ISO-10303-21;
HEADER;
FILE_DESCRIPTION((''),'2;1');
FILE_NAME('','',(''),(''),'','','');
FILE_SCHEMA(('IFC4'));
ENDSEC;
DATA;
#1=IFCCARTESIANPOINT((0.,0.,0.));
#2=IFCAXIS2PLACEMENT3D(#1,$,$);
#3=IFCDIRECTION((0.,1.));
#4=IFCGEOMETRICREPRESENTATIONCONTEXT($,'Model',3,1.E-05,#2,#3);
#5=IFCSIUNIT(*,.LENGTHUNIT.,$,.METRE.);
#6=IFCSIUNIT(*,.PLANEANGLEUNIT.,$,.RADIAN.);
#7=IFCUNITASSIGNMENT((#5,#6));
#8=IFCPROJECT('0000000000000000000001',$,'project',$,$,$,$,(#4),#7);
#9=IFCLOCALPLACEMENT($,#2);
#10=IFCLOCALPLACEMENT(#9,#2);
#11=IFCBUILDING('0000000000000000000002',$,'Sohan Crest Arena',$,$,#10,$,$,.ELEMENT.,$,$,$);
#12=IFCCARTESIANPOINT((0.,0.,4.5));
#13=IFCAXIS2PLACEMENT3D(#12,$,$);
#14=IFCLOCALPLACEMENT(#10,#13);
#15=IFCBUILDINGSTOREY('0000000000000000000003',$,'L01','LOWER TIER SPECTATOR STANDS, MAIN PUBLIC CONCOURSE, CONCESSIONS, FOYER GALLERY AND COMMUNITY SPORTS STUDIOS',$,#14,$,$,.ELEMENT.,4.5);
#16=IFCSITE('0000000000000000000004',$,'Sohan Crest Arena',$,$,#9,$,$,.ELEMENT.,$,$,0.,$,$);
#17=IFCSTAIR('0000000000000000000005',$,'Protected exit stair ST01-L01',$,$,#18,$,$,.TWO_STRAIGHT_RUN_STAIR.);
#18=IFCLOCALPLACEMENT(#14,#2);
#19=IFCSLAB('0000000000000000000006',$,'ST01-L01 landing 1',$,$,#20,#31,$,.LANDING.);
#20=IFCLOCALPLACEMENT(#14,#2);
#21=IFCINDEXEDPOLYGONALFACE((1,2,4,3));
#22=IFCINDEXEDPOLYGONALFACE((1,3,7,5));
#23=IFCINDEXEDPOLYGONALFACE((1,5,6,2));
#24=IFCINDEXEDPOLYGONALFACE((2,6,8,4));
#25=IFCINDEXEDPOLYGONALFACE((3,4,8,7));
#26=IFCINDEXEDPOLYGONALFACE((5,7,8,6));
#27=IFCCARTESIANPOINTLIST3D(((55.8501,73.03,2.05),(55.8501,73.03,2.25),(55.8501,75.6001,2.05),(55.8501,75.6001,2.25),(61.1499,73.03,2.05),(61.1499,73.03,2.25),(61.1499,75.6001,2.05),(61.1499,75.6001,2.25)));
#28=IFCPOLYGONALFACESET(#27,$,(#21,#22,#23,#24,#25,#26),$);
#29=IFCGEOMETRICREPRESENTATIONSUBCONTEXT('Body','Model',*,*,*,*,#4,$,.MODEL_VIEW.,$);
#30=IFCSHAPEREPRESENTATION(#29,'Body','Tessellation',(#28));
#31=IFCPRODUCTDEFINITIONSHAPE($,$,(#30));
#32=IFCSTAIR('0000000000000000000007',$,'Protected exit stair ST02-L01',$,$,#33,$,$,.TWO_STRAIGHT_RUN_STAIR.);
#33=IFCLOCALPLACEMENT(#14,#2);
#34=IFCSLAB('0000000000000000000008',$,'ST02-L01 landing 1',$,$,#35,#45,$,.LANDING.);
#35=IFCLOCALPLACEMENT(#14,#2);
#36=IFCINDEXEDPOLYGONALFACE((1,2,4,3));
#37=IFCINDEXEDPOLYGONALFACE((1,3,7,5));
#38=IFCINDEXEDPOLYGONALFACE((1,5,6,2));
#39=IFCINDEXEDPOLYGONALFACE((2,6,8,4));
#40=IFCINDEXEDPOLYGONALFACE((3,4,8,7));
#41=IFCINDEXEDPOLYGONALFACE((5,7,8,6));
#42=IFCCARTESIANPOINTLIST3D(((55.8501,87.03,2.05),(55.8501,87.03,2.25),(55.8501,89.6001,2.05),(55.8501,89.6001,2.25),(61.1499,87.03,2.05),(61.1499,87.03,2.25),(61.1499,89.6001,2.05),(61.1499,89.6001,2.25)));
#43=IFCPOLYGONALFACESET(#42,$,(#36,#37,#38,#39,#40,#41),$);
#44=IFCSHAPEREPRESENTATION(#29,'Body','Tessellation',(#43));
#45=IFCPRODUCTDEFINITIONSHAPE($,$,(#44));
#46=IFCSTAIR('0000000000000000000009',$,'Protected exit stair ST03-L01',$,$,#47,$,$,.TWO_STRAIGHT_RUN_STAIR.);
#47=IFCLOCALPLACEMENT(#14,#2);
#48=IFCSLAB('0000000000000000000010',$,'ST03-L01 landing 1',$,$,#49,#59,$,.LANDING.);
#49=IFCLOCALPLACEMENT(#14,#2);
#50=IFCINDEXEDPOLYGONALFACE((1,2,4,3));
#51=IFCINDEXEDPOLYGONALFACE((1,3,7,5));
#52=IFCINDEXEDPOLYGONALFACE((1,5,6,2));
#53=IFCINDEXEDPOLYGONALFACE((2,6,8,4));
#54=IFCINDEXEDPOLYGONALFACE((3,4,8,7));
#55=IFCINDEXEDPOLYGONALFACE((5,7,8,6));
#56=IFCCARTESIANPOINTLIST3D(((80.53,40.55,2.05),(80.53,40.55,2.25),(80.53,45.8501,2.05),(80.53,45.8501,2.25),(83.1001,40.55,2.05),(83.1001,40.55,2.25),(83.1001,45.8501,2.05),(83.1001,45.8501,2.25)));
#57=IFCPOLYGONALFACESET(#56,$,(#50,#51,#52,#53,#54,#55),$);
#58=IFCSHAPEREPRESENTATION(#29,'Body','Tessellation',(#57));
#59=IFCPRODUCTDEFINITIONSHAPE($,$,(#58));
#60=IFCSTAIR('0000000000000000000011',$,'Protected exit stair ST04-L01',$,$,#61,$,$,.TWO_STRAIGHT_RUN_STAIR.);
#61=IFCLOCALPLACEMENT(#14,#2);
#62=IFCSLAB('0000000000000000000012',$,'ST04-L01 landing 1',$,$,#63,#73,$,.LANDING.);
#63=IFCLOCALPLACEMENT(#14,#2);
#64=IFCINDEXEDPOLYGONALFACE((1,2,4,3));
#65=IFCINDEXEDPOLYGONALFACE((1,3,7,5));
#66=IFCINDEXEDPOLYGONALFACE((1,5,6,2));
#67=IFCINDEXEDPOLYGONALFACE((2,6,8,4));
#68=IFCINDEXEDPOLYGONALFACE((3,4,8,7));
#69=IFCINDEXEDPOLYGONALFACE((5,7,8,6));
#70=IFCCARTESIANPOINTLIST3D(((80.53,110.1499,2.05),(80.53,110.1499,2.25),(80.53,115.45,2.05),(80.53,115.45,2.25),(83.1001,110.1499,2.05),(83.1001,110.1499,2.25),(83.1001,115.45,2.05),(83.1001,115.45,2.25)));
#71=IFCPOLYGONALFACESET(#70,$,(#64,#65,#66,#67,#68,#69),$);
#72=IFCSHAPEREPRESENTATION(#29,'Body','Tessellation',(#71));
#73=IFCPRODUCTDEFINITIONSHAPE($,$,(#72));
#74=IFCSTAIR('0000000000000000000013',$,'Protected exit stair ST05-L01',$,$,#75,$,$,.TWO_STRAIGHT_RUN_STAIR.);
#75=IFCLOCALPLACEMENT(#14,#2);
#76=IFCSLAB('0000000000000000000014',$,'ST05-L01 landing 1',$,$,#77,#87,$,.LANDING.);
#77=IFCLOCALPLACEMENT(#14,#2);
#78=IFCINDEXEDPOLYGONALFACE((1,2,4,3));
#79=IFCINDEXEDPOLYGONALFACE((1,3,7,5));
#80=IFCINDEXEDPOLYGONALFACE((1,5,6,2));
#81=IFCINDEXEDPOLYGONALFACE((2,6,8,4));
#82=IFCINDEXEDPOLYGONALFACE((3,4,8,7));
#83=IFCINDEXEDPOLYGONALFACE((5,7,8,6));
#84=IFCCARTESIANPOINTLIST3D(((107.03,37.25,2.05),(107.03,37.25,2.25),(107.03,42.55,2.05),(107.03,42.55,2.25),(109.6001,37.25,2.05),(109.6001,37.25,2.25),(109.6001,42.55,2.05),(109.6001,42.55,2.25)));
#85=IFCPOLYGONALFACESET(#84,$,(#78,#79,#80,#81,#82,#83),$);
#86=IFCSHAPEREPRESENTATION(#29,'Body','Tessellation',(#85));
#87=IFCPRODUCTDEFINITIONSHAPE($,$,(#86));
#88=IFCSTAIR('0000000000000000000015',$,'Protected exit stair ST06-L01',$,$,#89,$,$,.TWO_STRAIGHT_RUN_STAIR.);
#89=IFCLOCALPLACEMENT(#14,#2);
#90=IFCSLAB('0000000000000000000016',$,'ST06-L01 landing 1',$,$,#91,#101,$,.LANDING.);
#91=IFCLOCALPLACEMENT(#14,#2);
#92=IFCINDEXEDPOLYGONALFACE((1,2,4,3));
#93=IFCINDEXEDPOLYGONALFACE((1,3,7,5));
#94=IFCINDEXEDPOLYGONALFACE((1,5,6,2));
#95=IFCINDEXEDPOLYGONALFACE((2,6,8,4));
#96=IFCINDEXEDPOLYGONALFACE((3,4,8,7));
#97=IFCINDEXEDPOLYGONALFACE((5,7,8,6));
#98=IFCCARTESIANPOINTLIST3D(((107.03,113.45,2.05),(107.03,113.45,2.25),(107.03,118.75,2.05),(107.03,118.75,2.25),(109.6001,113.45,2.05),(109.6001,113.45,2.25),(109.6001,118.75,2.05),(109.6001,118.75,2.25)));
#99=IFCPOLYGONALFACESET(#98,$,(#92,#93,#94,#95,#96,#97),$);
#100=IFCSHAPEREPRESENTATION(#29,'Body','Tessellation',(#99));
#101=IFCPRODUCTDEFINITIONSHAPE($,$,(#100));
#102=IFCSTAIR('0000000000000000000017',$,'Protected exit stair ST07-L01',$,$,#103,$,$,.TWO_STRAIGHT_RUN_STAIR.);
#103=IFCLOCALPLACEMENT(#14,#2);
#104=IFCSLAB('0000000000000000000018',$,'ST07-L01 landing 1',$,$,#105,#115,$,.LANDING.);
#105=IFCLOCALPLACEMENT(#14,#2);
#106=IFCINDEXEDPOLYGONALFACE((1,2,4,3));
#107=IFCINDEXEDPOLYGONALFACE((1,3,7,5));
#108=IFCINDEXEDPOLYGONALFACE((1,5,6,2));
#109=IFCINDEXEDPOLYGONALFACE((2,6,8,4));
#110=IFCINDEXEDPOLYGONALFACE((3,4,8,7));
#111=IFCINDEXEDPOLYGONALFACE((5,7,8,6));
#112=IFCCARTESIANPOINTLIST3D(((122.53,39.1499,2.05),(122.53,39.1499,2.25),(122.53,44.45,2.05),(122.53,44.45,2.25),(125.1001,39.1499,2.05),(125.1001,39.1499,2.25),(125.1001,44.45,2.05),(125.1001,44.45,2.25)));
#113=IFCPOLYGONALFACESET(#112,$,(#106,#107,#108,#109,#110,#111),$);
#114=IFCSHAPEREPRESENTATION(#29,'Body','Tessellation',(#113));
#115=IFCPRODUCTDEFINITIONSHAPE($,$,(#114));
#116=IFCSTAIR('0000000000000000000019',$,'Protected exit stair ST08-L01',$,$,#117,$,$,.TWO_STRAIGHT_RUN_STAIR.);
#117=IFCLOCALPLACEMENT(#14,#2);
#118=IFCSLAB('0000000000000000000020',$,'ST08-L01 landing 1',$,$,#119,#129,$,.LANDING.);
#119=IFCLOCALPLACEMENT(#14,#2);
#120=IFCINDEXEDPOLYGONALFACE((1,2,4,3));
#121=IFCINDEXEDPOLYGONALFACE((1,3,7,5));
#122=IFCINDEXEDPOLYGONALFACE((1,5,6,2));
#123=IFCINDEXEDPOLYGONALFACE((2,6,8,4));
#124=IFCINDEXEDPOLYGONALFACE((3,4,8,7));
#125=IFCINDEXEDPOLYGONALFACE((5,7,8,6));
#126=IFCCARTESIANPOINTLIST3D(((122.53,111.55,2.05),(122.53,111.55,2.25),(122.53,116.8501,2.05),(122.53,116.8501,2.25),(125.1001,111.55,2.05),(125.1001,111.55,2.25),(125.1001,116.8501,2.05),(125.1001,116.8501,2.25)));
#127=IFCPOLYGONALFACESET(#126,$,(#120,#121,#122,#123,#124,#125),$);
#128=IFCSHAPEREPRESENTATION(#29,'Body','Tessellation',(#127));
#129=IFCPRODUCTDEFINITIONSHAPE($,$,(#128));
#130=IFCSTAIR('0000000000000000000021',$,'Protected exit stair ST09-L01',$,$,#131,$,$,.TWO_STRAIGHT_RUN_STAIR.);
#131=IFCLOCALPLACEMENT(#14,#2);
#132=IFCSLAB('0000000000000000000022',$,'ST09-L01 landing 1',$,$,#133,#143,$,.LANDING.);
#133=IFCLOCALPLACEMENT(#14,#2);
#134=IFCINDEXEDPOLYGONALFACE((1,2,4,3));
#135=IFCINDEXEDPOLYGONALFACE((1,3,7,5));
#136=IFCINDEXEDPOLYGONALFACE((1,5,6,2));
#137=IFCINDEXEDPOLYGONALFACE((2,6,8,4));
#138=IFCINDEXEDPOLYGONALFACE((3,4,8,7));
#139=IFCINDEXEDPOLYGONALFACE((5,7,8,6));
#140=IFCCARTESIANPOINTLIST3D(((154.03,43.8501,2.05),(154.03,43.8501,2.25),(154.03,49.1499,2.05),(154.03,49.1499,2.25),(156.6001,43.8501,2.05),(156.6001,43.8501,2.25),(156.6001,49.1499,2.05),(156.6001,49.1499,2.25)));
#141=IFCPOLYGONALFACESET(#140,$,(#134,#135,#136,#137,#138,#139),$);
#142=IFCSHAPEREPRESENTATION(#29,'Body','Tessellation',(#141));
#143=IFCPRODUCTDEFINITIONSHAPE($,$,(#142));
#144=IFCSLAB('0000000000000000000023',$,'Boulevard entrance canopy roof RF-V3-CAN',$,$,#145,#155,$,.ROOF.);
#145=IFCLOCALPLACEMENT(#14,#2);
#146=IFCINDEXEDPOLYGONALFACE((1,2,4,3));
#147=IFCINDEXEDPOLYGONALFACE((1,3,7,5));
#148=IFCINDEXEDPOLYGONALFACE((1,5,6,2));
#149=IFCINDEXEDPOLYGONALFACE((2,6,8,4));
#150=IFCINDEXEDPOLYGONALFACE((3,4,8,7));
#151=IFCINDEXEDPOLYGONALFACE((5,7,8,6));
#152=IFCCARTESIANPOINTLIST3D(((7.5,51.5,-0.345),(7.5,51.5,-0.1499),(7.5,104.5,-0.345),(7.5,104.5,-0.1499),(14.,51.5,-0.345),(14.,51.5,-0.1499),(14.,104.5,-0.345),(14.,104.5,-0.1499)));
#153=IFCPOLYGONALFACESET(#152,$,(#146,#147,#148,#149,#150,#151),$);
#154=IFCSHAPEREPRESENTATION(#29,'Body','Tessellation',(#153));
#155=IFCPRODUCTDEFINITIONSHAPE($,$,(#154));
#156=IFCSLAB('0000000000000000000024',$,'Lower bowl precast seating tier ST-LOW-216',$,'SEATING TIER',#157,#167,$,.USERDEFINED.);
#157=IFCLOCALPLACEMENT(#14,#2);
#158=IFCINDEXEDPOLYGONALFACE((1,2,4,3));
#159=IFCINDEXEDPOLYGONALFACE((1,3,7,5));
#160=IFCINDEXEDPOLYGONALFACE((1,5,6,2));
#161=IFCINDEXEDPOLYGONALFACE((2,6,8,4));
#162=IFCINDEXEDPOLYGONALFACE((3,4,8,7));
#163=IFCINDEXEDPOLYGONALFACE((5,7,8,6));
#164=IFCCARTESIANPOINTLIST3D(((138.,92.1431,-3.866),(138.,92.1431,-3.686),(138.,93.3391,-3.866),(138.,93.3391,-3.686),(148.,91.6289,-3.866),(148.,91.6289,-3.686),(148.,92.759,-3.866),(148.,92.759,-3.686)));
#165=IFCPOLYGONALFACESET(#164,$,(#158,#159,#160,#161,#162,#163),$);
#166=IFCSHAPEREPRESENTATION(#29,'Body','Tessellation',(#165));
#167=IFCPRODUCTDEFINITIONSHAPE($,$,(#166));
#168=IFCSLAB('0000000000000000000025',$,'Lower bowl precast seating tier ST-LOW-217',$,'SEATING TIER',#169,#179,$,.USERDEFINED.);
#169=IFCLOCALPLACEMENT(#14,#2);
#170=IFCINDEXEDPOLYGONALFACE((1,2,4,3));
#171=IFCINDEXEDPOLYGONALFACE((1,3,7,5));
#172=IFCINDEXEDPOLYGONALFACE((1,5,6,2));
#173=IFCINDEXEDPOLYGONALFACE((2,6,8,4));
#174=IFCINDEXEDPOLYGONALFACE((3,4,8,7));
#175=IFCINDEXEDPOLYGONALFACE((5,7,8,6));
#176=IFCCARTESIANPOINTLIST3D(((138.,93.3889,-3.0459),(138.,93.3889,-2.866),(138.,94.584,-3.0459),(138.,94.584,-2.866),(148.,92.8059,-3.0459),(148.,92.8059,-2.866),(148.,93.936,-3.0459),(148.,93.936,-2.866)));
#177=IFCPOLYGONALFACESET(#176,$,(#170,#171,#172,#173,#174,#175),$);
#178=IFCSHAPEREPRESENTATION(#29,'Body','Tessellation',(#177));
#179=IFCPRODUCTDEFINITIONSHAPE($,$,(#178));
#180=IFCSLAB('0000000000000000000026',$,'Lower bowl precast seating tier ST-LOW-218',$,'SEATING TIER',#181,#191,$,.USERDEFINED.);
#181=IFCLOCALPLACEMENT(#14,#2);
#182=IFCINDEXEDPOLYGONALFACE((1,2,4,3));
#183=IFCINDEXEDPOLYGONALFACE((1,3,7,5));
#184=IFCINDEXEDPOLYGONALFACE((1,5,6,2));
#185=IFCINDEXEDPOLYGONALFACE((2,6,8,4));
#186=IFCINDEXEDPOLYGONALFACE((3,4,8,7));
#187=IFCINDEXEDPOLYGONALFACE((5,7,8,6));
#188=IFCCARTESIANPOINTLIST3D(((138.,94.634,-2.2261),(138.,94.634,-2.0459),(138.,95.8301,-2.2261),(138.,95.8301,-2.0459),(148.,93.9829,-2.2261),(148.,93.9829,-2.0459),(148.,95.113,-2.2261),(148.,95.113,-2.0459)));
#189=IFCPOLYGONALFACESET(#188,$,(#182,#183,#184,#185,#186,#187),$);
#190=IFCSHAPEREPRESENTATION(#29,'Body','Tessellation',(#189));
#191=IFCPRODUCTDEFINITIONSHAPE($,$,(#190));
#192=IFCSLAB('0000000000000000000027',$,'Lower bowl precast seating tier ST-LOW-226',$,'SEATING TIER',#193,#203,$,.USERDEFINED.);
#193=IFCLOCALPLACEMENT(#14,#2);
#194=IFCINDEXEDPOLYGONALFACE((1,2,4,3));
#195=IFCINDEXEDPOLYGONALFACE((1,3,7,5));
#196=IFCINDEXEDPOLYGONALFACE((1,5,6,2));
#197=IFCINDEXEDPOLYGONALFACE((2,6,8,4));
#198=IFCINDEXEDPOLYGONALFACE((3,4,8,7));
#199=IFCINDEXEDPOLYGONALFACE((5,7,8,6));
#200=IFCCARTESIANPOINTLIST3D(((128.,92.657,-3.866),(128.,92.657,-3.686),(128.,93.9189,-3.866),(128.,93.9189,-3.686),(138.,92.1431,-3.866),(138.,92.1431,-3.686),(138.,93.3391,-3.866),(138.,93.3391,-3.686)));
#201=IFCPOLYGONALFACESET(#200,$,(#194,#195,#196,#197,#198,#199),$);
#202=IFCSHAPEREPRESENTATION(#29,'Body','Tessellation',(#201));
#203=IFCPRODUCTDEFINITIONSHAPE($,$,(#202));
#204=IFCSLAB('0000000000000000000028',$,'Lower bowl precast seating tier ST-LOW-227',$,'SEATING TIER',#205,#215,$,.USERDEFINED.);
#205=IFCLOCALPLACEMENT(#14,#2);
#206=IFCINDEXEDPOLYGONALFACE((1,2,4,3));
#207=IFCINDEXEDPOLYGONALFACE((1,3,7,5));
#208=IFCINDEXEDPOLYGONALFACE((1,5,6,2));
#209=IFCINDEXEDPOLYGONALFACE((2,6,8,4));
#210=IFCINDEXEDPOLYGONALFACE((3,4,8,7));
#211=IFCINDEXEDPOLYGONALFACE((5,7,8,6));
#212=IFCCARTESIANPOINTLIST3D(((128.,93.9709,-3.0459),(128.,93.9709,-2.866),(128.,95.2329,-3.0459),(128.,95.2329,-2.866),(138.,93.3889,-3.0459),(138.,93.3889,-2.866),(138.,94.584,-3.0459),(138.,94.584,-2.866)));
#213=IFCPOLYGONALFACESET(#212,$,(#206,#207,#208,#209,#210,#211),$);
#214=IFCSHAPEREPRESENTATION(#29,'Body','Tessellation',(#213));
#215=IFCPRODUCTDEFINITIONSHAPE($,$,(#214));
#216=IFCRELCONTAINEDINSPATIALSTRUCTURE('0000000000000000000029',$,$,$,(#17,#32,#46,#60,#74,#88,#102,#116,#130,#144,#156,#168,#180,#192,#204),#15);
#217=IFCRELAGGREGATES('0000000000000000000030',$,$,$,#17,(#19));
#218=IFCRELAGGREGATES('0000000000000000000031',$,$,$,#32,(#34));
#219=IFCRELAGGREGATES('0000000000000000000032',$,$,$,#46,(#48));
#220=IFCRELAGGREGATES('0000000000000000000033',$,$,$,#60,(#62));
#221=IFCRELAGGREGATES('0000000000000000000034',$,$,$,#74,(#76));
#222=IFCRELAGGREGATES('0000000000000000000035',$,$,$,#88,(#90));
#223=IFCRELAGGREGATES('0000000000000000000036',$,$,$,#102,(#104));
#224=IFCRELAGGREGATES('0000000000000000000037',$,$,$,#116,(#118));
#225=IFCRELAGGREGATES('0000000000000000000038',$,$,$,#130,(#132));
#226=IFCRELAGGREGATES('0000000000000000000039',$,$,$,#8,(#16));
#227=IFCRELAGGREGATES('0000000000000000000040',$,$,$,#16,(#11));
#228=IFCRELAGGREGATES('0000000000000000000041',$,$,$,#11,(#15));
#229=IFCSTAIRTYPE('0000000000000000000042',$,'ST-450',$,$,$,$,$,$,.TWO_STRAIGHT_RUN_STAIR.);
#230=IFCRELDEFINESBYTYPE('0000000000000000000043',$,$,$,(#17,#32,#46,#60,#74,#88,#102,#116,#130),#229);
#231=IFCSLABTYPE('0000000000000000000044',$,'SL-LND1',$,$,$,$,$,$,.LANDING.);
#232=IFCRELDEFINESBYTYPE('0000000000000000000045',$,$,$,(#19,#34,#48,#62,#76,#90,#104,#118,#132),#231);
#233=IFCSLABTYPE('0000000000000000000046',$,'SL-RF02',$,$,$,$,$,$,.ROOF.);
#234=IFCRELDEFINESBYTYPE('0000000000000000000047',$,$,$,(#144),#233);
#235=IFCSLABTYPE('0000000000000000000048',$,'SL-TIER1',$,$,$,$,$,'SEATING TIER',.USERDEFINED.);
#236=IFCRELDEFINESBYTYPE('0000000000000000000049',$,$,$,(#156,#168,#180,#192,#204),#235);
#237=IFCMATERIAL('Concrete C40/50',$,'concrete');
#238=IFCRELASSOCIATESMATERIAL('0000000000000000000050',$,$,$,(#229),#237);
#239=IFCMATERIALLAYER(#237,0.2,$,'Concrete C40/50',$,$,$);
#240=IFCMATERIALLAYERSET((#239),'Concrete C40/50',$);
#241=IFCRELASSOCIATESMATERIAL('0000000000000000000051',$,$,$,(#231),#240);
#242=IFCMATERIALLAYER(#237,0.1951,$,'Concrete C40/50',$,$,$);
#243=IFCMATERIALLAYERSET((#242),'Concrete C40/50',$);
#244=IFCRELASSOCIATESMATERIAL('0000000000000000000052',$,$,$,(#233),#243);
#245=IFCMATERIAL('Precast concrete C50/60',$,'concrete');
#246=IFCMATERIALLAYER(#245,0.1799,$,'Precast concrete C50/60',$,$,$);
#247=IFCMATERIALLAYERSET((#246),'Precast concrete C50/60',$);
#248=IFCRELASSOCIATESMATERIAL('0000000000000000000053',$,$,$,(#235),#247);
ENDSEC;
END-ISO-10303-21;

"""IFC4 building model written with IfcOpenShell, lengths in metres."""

from ifc_helpers import new_model, si_unit, direction, frame, origin, place, context, subcontext, project, spatial, polyline, outline, extrude, material, layer, layer_set, type_object, element, aggregate, save


model = new_model("IFC4")

# Units and contexts
model_context = context("Model", 3, precision=1e-05, world=origin(), true_north=direction((0.0, 1.0)))
body_context = subcontext(model_context, "Body", "Model", "MODEL_VIEW")
ifc_project = project(units=[si_unit("LENGTHUNIT", "METRE"), si_unit("PLANEANGLEUNIT", "RADIAN")], contexts=[model_context])

# Site, building, storey
site_placement = place(None, origin())
site = spatial("IfcSite", under=ifc_project, at=site_placement, Name="Sohan Crest Arena", CompositionType="ELEMENT", RefElevation=0.0)
building_placement = place(site_placement, origin())
building = spatial("IfcBuilding", under=site, at=building_placement, Name="Sohan Crest Arena", CompositionType="ELEMENT")
storey_placement = place(building_placement, frame((0.0, 0.0, 4.5)))
storey = spatial("IfcBuildingStorey", under=building, at=storey_placement, Name="L01", Description="LOWER TIER SPECTATOR STANDS, MAIN PUBLIC CONCOURSE, CONCESSIONS, FOYER GALLERY AND COMMUNITY SPORTS STUDIOS", CompositionType="ELEMENT", Elevation=4.5)

# Stairs, slabs
ifc_material_1 = material(Name="Concrete C40/50", Category="concrete")
stair_type = type_object("IfcStairType", Name="ST-450", PredefinedType="TWO_STRAIGHT_RUN_STAIR", material=ifc_material_1)
stair_1_placement = place(storey_placement, origin())
stair_1 = element("IfcStair", 1, at=stair_1_placement, inside=storey, type_object=stair_type, Name="Protected exit stair ST01-L01", PredefinedType="TWO_STRAIGHT_RUN_STAIR")
ifc_layer_1 = layer(ifc_material_1, 0.2, Name="Concrete C40/50")
ifc_layer_set_1 = layer_set([ifc_layer_1], Name="Concrete C40/50")
slab_type_1 = type_object("IfcSlabType", Name="SL-LND1", PredefinedType="LANDING", material=ifc_layer_set_1)
slab_1_placement = place(storey_placement, frame((0.0, 0.0, 2.05)))
slab_1 = element("IfcSlab", 2, at=slab_1_placement, type_object=slab_type_1, Name="ST01-L01 landing 1", PredefinedType="LANDING", context=body_context, shape_type="SweptSolid", body=[
    extrude(outline(polyline([(55.8501, 73.03), (61.1499, 73.03), (61.1499, 75.6001), (55.8501, 75.6001), (55.8501, 73.03)])), origin(), (0.0, 0.0, 1.0), 0.2),
])
aggregate(stair_1, [slab_1])
stair_2_placement = place(storey_placement, origin())
stair_2 = element("IfcStair", 3, at=stair_2_placement, inside=storey, type_object=stair_type, Name="Protected exit stair ST02-L01", PredefinedType="TWO_STRAIGHT_RUN_STAIR")
slab_2_placement = place(storey_placement, frame((0.0, 0.0, 2.05)))
slab_2 = element("IfcSlab", 4, at=slab_2_placement, type_object=slab_type_1, Name="ST02-L01 landing 1", PredefinedType="LANDING", context=body_context, shape_type="SweptSolid", body=[
    extrude(outline(polyline([(55.8501, 87.03), (61.1499, 87.03), (61.1499, 89.6001), (55.8501, 89.6001), (55.8501, 87.03)])), origin(), (0.0, 0.0, 1.0), 0.2),
])
aggregate(stair_2, [slab_2])
stair_3_placement = place(storey_placement, origin())
stair_3 = element("IfcStair", 5, at=stair_3_placement, inside=storey, type_object=stair_type, Name="Protected exit stair ST03-L01", PredefinedType="TWO_STRAIGHT_RUN_STAIR")
slab_3_placement = place(storey_placement, frame((0.0, 0.0, 2.05)))
slab_3 = element("IfcSlab", 6, at=slab_3_placement, type_object=slab_type_1, Name="ST03-L01 landing 1", PredefinedType="LANDING", context=body_context, shape_type="SweptSolid", body=[
    extrude(outline(polyline([(80.53, 40.55), (83.1001, 40.55), (83.1001, 45.8501), (80.53, 45.8501), (80.53, 40.55)])), origin(), (0.0, 0.0, 1.0), 0.2),
])
aggregate(stair_3, [slab_3])
stair_4_placement = place(storey_placement, origin())
stair_4 = element("IfcStair", 7, at=stair_4_placement, inside=storey, type_object=stair_type, Name="Protected exit stair ST04-L01", PredefinedType="TWO_STRAIGHT_RUN_STAIR")
slab_4_placement = place(storey_placement, frame((0.0, 0.0, 2.05)))
slab_4 = element("IfcSlab", 8, at=slab_4_placement, type_object=slab_type_1, Name="ST04-L01 landing 1", PredefinedType="LANDING", context=body_context, shape_type="SweptSolid", body=[
    extrude(outline(polyline([(80.53, 110.1499), (83.1001, 110.1499), (83.1001, 115.45), (80.53, 115.45), (80.53, 110.1499)])), origin(), (0.0, 0.0, 1.0), 0.2),
])
aggregate(stair_4, [slab_4])
stair_5_placement = place(storey_placement, origin())
stair_5 = element("IfcStair", 9, at=stair_5_placement, inside=storey, type_object=stair_type, Name="Protected exit stair ST05-L01", PredefinedType="TWO_STRAIGHT_RUN_STAIR")
slab_5_placement = place(storey_placement, frame((0.0, 0.0, 2.05)))
slab_5 = element("IfcSlab", 10, at=slab_5_placement, type_object=slab_type_1, Name="ST05-L01 landing 1", PredefinedType="LANDING", context=body_context, shape_type="SweptSolid", body=[
    extrude(outline(polyline([(107.03, 37.25), (109.6001, 37.25), (109.6001, 42.55), (107.03, 42.55), (107.03, 37.25)])), origin(), (0.0, 0.0, 1.0), 0.2),
])
aggregate(stair_5, [slab_5])
stair_6_placement = place(storey_placement, origin())
stair_6 = element("IfcStair", 11, at=stair_6_placement, inside=storey, type_object=stair_type, Name="Protected exit stair ST06-L01", PredefinedType="TWO_STRAIGHT_RUN_STAIR")
slab_6_placement = place(storey_placement, frame((0.0, 0.0, 2.05)))
slab_6 = element("IfcSlab", 12, at=slab_6_placement, type_object=slab_type_1, Name="ST06-L01 landing 1", PredefinedType="LANDING", context=body_context, shape_type="SweptSolid", body=[
    extrude(outline(polyline([(107.03, 113.45), (109.6001, 113.45), (109.6001, 118.75), (107.03, 118.75), (107.03, 113.45)])), origin(), (0.0, 0.0, 1.0), 0.2),
])
aggregate(stair_6, [slab_6])
stair_7_placement = place(storey_placement, origin())
stair_7 = element("IfcStair", 13, at=stair_7_placement, inside=storey, type_object=stair_type, Name="Protected exit stair ST07-L01", PredefinedType="TWO_STRAIGHT_RUN_STAIR")
slab_7_placement = place(storey_placement, frame((0.0, 0.0, 2.05)))
slab_7 = element("IfcSlab", 14, at=slab_7_placement, type_object=slab_type_1, Name="ST07-L01 landing 1", PredefinedType="LANDING", context=body_context, shape_type="SweptSolid", body=[
    extrude(outline(polyline([(122.53, 39.1499), (125.1001, 39.1499), (125.1001, 44.45), (122.53, 44.45), (122.53, 39.1499)])), origin(), (0.0, 0.0, 1.0), 0.2),
])
aggregate(stair_7, [slab_7])
stair_8_placement = place(storey_placement, origin())
stair_8 = element("IfcStair", 15, at=stair_8_placement, inside=storey, type_object=stair_type, Name="Protected exit stair ST08-L01", PredefinedType="TWO_STRAIGHT_RUN_STAIR")
slab_8_placement = place(storey_placement, frame((0.0, 0.0, 2.05)))
slab_8 = element("IfcSlab", 16, at=slab_8_placement, type_object=slab_type_1, Name="ST08-L01 landing 1", PredefinedType="LANDING", context=body_context, shape_type="SweptSolid", body=[
    extrude(outline(polyline([(122.53, 111.55), (125.1001, 111.55), (125.1001, 116.8501), (122.53, 116.8501), (122.53, 111.55)])), origin(), (0.0, 0.0, 1.0), 0.2),
])
aggregate(stair_8, [slab_8])
stair_9_placement = place(storey_placement, origin())
stair_9 = element("IfcStair", 17, at=stair_9_placement, inside=storey, type_object=stair_type, Name="Protected exit stair ST09-L01", PredefinedType="TWO_STRAIGHT_RUN_STAIR")
slab_9_placement = place(storey_placement, frame((0.0, 0.0, 2.05)))
slab_9 = element("IfcSlab", 18, at=slab_9_placement, type_object=slab_type_1, Name="ST09-L01 landing 1", PredefinedType="LANDING", context=body_context, shape_type="SweptSolid", body=[
    extrude(outline(polyline([(154.03, 43.8501), (156.6001, 43.8501), (156.6001, 49.1499), (154.03, 49.1499), (154.03, 43.8501)])), origin(), (0.0, 0.0, 1.0), 0.2),
])
aggregate(stair_9, [slab_9])

# Slabs
ifc_layer_2 = layer(ifc_material_1, 0.1951, Name="Concrete C40/50")
ifc_layer_set_2 = layer_set([ifc_layer_2], Name="Concrete C40/50")
slab_type_2 = type_object("IfcSlabType", Name="SL-RF02", PredefinedType="ROOF", material=ifc_layer_set_2)
slab_10_placement = place(storey_placement, frame((0.0, 0.0, -0.345)))
element("IfcSlab", 19, at=slab_10_placement, inside=storey, type_object=slab_type_2, Name="Boulevard entrance canopy roof RF-V3-CAN", PredefinedType="ROOF", context=body_context, shape_type="SweptSolid", body=[
    extrude(outline(polyline([(7.5, 51.5), (14.0, 51.5), (14.0, 104.5), (7.5, 104.5), (7.5, 51.5)])), origin(), (0.0, 0.0, 1.0), 0.1951),
])
ifc_material_2 = material(Name="Precast concrete C50/60", Category="concrete")
ifc_layer_3 = layer(ifc_material_2, 0.1799, Name="Precast concrete C50/60")
ifc_layer_set_3 = layer_set([ifc_layer_3], Name="Precast concrete C50/60")
slab_type_3 = type_object("IfcSlabType", Name="SL-TIER1", ElementType="SEATING TIER", PredefinedType="USERDEFINED", material=ifc_layer_set_3)
slab_11_placement = place(storey_placement, frame((0.0, 0.0, -3.866)))
element("IfcSlab", 20, at=slab_11_placement, inside=storey, type_object=slab_type_3, Name="Lower bowl precast seating tier ST-LOW-216", ObjectType="SEATING TIER", PredefinedType="USERDEFINED", context=body_context, shape_type="SweptSolid", body=[
    extrude(outline(polyline([(148.0, 91.6289), (138.0, 92.1431), (138.0, 93.3391), (148.0, 92.759), (148.0, 91.6289)])), origin(), (0.0, 0.0, 1.0), 0.1799),
])
slab_12_placement = place(storey_placement, frame((0.0, 0.0, -3.0459)))
element("IfcSlab", 21, at=slab_12_placement, inside=storey, type_object=slab_type_3, Name="Lower bowl precast seating tier ST-LOW-217", ObjectType="SEATING TIER", PredefinedType="USERDEFINED", context=body_context, shape_type="SweptSolid", body=[
    extrude(outline(polyline([(148.0, 92.8059), (138.0, 93.3889), (138.0, 94.584), (148.0, 93.936), (148.0, 92.8059)])), origin(), (0.0, 0.0, 1.0), 0.1799),
])
slab_13_placement = place(storey_placement, frame((0.0, 0.0, -2.2261)))
element("IfcSlab", 22, at=slab_13_placement, inside=storey, type_object=slab_type_3, Name="Lower bowl precast seating tier ST-LOW-218", ObjectType="SEATING TIER", PredefinedType="USERDEFINED", context=body_context, shape_type="SweptSolid", body=[
    extrude(outline(polyline([(148.0, 93.9829), (138.0, 94.634), (138.0, 95.8301), (148.0, 95.113), (148.0, 93.9829)])), origin(), (0.0, 0.0, 1.0), 0.1802),
])
slab_14_placement = place(storey_placement, frame((0.0, 0.0, -3.866)))
element("IfcSlab", 23, at=slab_14_placement, inside=storey, type_object=slab_type_3, Name="Lower bowl precast seating tier ST-LOW-226", ObjectType="SEATING TIER", PredefinedType="USERDEFINED", context=body_context, shape_type="SweptSolid", body=[
    extrude(outline(polyline([(138.0, 92.1431), (128.0, 92.657), (128.0, 93.9189), (138.0, 93.3391), (138.0, 92.1431)])), origin(), (0.0, 0.0, 1.0), 0.1799),
])
slab_15_placement = place(storey_placement, frame((0.0, 0.0, -3.0459)))
element("IfcSlab", 24, at=slab_15_placement, inside=storey, type_object=slab_type_3, Name="Lower bowl precast seating tier ST-LOW-227", ObjectType="SEATING TIER", PredefinedType="USERDEFINED", context=body_context, shape_type="SweptSolid", body=[
    extrude(outline(polyline([(138.0, 93.3889), (128.0, 93.9709), (128.0, 95.2329), (138.0, 94.584), (138.0, 93.3889)])), origin(), (0.0, 0.0, 1.0), 0.1799),
])

save(model, "model.ifc")
